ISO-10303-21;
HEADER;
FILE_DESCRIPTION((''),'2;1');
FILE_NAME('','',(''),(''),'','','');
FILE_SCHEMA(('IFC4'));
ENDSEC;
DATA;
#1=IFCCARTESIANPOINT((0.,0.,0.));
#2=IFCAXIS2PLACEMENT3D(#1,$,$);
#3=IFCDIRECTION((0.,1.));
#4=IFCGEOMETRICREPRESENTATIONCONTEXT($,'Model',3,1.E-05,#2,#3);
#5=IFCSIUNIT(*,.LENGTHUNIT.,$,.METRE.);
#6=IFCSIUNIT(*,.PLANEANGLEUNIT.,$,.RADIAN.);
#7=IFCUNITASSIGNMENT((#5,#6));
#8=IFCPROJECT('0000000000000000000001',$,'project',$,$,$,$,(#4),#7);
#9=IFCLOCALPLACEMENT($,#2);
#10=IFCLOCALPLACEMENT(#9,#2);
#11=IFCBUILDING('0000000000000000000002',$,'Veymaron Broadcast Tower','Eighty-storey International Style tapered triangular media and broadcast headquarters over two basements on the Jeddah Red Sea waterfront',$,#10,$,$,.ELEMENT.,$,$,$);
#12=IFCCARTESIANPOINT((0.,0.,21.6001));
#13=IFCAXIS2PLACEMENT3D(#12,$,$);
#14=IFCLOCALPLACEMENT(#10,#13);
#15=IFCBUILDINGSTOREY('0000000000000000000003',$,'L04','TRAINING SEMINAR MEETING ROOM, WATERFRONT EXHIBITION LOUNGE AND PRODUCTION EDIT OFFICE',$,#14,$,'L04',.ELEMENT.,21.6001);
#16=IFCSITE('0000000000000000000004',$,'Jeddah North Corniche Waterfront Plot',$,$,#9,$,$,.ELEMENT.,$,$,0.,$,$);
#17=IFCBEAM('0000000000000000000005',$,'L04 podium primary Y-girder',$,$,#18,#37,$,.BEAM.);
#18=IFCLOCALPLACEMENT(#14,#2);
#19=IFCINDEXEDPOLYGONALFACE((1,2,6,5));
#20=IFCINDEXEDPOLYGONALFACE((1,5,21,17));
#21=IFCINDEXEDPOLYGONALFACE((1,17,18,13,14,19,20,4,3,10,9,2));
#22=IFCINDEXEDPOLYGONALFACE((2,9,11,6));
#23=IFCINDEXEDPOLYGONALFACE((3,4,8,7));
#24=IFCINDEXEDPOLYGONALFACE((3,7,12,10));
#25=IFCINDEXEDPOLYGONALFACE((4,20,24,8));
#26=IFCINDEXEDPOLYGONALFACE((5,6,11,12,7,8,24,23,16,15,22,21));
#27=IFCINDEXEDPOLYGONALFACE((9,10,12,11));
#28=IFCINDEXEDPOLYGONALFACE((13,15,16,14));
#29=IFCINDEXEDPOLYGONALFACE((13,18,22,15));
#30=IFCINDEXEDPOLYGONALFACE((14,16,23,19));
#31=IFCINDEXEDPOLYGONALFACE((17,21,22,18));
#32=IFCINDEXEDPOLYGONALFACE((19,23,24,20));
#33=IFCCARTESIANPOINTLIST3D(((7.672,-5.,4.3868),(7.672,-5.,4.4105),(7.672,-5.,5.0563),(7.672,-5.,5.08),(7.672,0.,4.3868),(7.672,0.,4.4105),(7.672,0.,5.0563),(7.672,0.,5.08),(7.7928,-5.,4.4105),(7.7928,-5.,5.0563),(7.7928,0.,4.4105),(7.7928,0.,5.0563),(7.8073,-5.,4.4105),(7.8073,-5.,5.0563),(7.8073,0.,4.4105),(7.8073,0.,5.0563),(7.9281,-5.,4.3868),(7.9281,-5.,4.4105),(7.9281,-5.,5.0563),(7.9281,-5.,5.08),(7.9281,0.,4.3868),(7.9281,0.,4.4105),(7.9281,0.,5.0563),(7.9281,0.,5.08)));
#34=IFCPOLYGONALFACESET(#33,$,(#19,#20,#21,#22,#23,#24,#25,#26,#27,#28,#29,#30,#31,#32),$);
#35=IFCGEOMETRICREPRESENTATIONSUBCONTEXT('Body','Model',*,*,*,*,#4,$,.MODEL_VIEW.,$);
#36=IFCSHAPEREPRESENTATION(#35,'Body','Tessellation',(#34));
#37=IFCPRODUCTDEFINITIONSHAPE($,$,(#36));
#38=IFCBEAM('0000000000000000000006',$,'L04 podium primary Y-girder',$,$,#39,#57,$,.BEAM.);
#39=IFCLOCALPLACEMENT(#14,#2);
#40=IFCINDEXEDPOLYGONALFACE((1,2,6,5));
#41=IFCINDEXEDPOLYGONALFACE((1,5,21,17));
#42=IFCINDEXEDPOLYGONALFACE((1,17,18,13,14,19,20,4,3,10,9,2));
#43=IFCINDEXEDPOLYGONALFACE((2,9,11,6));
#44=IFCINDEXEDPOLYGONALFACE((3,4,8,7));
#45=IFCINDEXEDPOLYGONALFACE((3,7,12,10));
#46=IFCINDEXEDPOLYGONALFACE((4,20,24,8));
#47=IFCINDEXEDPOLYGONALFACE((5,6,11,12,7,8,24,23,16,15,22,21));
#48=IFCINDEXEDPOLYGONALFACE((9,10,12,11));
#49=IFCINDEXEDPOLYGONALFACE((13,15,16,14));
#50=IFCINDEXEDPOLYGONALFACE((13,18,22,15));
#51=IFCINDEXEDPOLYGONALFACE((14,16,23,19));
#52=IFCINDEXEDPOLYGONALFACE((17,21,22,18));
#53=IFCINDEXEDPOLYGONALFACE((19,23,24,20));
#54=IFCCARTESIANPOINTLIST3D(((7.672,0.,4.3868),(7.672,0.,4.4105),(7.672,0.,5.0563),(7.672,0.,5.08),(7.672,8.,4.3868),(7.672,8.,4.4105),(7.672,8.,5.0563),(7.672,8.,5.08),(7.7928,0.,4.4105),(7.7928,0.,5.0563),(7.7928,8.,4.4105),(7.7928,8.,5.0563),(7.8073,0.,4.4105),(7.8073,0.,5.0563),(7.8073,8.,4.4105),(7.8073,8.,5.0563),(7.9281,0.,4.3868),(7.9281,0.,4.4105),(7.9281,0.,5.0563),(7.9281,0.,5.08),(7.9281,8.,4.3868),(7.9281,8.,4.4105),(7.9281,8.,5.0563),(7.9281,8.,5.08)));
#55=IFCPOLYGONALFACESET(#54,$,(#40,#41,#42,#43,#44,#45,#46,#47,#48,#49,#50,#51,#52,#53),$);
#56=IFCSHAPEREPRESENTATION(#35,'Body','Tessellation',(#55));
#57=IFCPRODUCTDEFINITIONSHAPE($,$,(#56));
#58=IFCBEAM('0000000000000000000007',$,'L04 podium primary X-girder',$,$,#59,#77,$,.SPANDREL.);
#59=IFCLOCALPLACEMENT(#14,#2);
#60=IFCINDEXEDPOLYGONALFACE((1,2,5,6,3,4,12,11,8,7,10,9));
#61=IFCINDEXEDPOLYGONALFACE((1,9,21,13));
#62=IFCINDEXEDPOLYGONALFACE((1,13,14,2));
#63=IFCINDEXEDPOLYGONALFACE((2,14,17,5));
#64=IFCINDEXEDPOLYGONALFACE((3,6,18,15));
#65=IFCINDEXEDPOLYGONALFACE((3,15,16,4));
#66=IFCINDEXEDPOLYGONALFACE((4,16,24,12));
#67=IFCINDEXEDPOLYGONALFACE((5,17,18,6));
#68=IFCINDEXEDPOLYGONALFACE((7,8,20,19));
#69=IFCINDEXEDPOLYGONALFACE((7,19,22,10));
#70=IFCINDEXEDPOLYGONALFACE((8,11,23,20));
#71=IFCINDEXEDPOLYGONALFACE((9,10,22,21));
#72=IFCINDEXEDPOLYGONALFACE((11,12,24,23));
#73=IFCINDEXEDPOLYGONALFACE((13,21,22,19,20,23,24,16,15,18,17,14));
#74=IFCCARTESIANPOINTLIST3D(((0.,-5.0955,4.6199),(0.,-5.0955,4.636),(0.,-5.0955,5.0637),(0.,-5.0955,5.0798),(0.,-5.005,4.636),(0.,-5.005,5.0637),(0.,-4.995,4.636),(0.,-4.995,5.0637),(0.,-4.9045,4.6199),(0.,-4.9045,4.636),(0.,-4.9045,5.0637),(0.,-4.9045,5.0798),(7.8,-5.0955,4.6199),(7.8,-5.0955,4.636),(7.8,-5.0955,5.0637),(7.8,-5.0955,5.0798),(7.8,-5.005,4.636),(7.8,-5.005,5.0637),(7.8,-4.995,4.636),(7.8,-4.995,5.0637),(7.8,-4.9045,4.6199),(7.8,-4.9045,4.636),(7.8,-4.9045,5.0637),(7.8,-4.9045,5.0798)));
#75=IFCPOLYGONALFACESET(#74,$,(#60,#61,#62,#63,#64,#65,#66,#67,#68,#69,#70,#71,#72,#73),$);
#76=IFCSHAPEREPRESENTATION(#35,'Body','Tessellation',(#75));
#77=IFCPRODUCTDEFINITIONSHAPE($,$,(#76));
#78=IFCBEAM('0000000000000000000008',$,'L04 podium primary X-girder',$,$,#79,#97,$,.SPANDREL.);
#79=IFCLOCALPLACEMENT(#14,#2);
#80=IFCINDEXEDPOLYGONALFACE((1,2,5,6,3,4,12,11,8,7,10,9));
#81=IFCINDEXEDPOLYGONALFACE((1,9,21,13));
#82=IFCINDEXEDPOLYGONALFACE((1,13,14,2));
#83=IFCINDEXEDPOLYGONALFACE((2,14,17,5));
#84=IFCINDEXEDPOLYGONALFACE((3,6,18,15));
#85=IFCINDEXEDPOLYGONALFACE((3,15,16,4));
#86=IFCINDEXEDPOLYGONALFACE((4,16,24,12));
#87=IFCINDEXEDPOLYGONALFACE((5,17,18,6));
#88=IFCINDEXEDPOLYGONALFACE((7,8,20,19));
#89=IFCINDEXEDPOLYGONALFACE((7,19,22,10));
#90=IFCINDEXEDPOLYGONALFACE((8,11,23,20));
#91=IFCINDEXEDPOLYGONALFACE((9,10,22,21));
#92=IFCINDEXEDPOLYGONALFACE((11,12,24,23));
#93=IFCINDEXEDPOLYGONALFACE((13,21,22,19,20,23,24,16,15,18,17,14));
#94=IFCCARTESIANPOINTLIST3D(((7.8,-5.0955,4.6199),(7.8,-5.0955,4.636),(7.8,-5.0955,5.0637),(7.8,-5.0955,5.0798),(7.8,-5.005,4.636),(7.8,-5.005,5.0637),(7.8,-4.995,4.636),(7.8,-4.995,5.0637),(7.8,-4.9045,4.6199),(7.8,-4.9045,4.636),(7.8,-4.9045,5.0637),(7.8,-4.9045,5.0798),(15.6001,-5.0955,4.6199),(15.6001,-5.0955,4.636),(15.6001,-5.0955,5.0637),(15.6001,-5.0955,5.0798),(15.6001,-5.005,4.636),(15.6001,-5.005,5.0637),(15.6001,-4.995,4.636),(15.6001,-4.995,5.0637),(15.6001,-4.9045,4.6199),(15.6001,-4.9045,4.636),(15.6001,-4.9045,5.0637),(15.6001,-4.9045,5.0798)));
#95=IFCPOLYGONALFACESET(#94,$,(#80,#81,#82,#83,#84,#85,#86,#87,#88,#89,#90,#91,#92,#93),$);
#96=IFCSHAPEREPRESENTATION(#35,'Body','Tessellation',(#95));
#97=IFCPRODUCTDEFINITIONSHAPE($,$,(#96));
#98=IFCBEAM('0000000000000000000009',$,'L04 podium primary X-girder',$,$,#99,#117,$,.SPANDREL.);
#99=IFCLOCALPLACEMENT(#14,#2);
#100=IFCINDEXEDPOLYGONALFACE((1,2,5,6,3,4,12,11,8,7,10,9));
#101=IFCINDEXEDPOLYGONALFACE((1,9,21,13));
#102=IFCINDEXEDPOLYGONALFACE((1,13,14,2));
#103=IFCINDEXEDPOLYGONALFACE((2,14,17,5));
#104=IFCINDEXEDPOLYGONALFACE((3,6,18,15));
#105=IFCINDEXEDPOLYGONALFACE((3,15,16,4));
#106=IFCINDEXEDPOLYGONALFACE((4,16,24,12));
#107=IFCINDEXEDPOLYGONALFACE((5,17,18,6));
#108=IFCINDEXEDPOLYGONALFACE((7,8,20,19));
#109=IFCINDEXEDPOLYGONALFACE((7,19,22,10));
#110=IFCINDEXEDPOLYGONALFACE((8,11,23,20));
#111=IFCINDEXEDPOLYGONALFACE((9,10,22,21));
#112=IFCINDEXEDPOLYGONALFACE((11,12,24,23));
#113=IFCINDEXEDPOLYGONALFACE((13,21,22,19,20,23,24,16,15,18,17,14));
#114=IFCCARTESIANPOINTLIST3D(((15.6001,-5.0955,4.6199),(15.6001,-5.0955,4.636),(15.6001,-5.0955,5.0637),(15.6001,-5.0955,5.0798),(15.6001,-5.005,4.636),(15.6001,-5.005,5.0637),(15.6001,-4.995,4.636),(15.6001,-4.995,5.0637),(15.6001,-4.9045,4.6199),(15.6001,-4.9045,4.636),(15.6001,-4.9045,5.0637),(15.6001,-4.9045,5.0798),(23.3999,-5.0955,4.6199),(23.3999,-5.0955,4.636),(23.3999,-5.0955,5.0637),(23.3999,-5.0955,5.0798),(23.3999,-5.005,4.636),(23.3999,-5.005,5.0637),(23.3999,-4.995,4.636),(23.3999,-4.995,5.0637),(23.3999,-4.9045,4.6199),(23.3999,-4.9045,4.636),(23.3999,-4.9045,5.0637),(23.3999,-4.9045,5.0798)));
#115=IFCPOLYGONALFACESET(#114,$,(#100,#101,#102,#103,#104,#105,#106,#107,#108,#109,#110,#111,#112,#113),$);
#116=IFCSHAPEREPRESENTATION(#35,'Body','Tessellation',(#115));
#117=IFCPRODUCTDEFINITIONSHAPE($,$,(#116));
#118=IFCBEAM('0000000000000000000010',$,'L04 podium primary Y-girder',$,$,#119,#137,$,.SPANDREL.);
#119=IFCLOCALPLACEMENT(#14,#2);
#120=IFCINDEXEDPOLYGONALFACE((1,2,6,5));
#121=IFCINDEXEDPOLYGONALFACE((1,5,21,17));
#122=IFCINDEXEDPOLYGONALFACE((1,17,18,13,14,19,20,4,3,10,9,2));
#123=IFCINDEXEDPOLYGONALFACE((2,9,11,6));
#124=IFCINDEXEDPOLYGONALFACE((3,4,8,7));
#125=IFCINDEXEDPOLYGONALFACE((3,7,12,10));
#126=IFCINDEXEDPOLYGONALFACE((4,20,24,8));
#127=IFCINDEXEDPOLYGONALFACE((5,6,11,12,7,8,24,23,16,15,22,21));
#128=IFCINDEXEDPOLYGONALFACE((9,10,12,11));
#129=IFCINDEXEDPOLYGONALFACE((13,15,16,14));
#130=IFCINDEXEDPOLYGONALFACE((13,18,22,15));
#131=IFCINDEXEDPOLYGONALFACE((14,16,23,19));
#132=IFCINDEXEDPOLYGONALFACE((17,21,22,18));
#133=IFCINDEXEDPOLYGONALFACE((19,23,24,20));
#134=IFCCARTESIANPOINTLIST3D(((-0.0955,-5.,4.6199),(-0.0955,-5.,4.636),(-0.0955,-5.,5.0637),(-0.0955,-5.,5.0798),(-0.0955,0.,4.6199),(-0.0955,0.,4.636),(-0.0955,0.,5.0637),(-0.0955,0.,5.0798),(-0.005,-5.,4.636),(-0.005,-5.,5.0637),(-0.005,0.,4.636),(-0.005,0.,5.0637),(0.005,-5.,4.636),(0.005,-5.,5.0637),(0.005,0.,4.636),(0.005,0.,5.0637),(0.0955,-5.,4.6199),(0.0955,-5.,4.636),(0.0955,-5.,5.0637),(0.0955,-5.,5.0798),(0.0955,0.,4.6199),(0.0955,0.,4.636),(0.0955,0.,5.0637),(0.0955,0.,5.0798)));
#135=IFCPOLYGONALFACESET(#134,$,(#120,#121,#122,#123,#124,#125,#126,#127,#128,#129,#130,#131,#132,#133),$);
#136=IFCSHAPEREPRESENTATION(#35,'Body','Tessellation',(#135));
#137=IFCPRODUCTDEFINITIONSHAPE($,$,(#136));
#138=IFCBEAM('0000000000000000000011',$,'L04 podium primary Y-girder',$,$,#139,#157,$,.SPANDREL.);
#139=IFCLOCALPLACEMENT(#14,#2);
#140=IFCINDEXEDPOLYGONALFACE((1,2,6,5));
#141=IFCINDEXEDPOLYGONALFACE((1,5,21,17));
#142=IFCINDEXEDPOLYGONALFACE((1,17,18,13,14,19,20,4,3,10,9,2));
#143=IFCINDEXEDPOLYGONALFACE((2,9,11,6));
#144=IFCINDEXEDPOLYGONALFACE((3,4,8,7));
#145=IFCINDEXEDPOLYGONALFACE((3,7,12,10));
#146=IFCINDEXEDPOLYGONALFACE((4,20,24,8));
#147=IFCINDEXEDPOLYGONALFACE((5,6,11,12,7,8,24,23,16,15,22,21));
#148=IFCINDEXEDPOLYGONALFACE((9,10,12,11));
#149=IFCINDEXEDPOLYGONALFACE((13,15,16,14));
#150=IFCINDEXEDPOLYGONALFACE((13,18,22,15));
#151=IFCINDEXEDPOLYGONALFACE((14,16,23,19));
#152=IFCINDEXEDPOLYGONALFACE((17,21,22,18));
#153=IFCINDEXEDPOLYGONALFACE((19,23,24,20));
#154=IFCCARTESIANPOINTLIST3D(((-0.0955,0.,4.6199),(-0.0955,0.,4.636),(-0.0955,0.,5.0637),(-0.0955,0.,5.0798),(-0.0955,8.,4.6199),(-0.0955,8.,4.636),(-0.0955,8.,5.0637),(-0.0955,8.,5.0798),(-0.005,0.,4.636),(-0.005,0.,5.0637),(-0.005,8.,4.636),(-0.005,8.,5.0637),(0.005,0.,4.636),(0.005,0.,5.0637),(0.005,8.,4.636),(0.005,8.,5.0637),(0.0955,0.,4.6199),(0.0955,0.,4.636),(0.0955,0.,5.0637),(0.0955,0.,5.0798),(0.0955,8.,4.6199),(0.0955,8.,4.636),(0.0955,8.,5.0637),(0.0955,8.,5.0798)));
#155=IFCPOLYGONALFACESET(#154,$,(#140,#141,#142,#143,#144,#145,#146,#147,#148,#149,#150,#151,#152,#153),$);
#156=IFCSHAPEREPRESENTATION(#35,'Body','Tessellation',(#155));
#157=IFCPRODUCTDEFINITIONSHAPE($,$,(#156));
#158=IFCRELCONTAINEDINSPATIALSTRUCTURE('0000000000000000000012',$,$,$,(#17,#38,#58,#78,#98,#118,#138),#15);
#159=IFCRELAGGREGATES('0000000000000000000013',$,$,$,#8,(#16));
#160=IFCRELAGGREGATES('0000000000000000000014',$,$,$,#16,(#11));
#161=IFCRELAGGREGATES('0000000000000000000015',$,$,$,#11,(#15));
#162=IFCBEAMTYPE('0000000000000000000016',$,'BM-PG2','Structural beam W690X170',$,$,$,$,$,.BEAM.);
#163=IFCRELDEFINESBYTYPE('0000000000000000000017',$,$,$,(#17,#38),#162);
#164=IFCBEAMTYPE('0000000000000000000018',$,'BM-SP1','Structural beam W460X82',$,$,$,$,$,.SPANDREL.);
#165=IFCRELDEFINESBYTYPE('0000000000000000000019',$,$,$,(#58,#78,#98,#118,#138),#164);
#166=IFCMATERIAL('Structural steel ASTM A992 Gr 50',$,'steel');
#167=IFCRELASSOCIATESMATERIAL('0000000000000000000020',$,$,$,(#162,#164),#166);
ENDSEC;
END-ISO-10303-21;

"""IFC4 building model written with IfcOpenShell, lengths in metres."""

from ifc_helpers import new_model, si_unit, direction, frame, origin, origin_2d, place, context, subcontext, project, spatial, i_section, extrude, material, material_profile, profile_set, type_object, element, save


model = new_model("IFC4")

# Units and contexts
model_context = context("Model", 3, precision=1e-05, world=origin(), true_north=direction((0.0, 1.0)))
body_context = subcontext(model_context, "Body", "Model", "MODEL_VIEW")
ifc_project = project(units=[si_unit("LENGTHUNIT", "METRE"), si_unit("PLANEANGLEUNIT", "RADIAN")], contexts=[model_context])

# Site, building, storey
site_placement = place(None, origin())
site = spatial("IfcSite", under=ifc_project, at=site_placement, Name="Jeddah North Corniche Waterfront Plot", CompositionType="ELEMENT", RefElevation=0.0)
building_placement = place(site_placement, origin())
building = spatial("IfcBuilding", under=site, at=building_placement, Name="Veymaron Broadcast Tower", Description="Eighty-storey International Style tapered triangular media and broadcast headquarters over two basements on the Jeddah Red Sea waterfront", CompositionType="ELEMENT")
storey_placement = place(building_placement, frame((0.0, 0.0, 21.6001)))
storey = spatial("IfcBuildingStorey", under=building, at=storey_placement, Name="L04", Description="TRAINING SEMINAR MEETING ROOM, WATERFRONT EXHIBITION LOUNGE AND PRODUCTION EDIT OFFICE", LongName="L04", CompositionType="ELEMENT", Elevation=21.6001)

# Shared definitions
ifc_material_1 = material(Name="Structural steel ASTM A992 Gr 50", Category="steel")

# Beams
ifc_material_profile_1 = material_profile(ifc_material_1, i_section(OverallWidth=0.2561, OverallDepth=0.6931, WebThickness=0.0144, FlangeThickness=0.0237, at=origin_2d()), Name="W690X170")
ifc_profile_set_1 = profile_set([ifc_material_profile_1], Name="Structural steel ASTM A992 Gr 50")
beam_type_1 = type_object("IfcBeamType", Name="BM-PG2", Description="Structural beam W690X170", PredefinedType="BEAM", material=ifc_profile_set_1)
beam_1_placement = place(storey_placement, frame((7.8, -5.0, 4.7334), z_axis=(0.0, 1.0, 0.0), x_axis=(-1.0, 0.0, 0.0)))
element("IfcBeam", 1, at=beam_1_placement, inside=storey, type_object=beam_type_1, Name="L04 podium primary Y-girder", PredefinedType="BEAM", context=body_context, shape_type="SweptSolid", body=[
    extrude(i_section(OverallWidth=0.2561, OverallDepth=0.6931, WebThickness=0.0144, FlangeThickness=0.0237, at=origin_2d()), origin(), (0.0, 0.0, 1.0), 5.0),
])
beam_2_placement = place(storey_placement, frame((7.8, 0.0, 4.7334), z_axis=(0.0, 1.0, 0.0), x_axis=(-1.0, 0.0, 0.0)))
element("IfcBeam", 2, at=beam_2_placement, inside=storey, type_object=beam_type_1, Name="L04 podium primary Y-girder", PredefinedType="BEAM", context=body_context, shape_type="SweptSolid", body=[
    extrude(i_section(OverallWidth=0.2561, OverallDepth=0.6931, WebThickness=0.0144, FlangeThickness=0.0237, at=origin_2d()), origin(), (0.0, 0.0, 1.0), 8.0),
])
ifc_material_profile_2 = material_profile(ifc_material_1, i_section(OverallWidth=0.1909, OverallDepth=0.46, WebThickness=0.01, FlangeThickness=0.0161, at=origin_2d()), Name="W460X82")
ifc_profile_set_2 = profile_set([ifc_material_profile_2], Name="Structural steel ASTM A992 Gr 50")
beam_type_2 = type_object("IfcBeamType", Name="BM-SP1", Description="Structural beam W460X82", PredefinedType="SPANDREL", material=ifc_profile_set_2)
for number, where, z_axis, x_axis, name in (
    (3, (0.0, -5.0, 4.8499), (1.0, 0.0, 0.0), (0.0, 1.0, 0.0), "L04 podium primary X-girder"),
    (4, (7.8, -5.0, 4.8499), (1.0, 0.0, 0.0), (0.0, 1.0, 0.0), "L04 podium primary X-girder"),
):
    element("IfcBeam", number, at=place(storey_placement, frame(where, z_axis=z_axis, x_axis=x_axis)), inside=storey, type_object=beam_type_2, Name=name, PredefinedType="SPANDREL", context=body_context, shape_type="SweptSolid", body=[
        extrude(i_section(OverallWidth=0.1909, OverallDepth=0.46, WebThickness=0.01, FlangeThickness=0.0161, at=origin_2d()), origin(), (0.0, 0.0, 1.0), 7.8),
    ])
beam_3_placement = place(storey_placement, frame((15.6001, -5.0, 4.8499), z_axis=(1.0, 0.0, 0.0), x_axis=(0.0, 1.0, 0.0)))
element("IfcBeam", 5, at=beam_3_placement, inside=storey, type_object=beam_type_2, Name="L04 podium primary X-girder", PredefinedType="SPANDREL", context=body_context, shape_type="SweptSolid", body=[
    extrude(i_section(OverallWidth=0.1909, OverallDepth=0.46, WebThickness=0.01, FlangeThickness=0.0161, at=origin_2d()), origin(), (0.0, 0.0, 1.0), 7.7998),
])
beam_4_placement = place(storey_placement, frame((0.0, -5.0, 4.8499), z_axis=(0.0, 1.0, 0.0), x_axis=(-1.0, 0.0, 0.0)))
element("IfcBeam", 6, at=beam_4_placement, inside=storey, type_object=beam_type_2, Name="L04 podium primary Y-girder", PredefinedType="SPANDREL", context=body_context, shape_type="SweptSolid", body=[
    extrude(i_section(OverallWidth=0.1909, OverallDepth=0.46, WebThickness=0.01, FlangeThickness=0.0161, at=origin_2d()), origin(), (0.0, 0.0, 1.0), 5.0),
])
beam_5_placement = place(storey_placement, frame((0.0, 0.0, 4.8499), z_axis=(0.0, 1.0, 0.0), x_axis=(-1.0, 0.0, 0.0)))
element("IfcBeam", 7, at=beam_5_placement, inside=storey, type_object=beam_type_2, Name="L04 podium primary Y-girder", PredefinedType="SPANDREL", context=body_context, shape_type="SweptSolid", body=[
    extrude(i_section(OverallWidth=0.1909, OverallDepth=0.46, WebThickness=0.01, FlangeThickness=0.0161, at=origin_2d()), origin(), (0.0, 0.0, 1.0), 8.0),
])

save(model, "model.ifc")
